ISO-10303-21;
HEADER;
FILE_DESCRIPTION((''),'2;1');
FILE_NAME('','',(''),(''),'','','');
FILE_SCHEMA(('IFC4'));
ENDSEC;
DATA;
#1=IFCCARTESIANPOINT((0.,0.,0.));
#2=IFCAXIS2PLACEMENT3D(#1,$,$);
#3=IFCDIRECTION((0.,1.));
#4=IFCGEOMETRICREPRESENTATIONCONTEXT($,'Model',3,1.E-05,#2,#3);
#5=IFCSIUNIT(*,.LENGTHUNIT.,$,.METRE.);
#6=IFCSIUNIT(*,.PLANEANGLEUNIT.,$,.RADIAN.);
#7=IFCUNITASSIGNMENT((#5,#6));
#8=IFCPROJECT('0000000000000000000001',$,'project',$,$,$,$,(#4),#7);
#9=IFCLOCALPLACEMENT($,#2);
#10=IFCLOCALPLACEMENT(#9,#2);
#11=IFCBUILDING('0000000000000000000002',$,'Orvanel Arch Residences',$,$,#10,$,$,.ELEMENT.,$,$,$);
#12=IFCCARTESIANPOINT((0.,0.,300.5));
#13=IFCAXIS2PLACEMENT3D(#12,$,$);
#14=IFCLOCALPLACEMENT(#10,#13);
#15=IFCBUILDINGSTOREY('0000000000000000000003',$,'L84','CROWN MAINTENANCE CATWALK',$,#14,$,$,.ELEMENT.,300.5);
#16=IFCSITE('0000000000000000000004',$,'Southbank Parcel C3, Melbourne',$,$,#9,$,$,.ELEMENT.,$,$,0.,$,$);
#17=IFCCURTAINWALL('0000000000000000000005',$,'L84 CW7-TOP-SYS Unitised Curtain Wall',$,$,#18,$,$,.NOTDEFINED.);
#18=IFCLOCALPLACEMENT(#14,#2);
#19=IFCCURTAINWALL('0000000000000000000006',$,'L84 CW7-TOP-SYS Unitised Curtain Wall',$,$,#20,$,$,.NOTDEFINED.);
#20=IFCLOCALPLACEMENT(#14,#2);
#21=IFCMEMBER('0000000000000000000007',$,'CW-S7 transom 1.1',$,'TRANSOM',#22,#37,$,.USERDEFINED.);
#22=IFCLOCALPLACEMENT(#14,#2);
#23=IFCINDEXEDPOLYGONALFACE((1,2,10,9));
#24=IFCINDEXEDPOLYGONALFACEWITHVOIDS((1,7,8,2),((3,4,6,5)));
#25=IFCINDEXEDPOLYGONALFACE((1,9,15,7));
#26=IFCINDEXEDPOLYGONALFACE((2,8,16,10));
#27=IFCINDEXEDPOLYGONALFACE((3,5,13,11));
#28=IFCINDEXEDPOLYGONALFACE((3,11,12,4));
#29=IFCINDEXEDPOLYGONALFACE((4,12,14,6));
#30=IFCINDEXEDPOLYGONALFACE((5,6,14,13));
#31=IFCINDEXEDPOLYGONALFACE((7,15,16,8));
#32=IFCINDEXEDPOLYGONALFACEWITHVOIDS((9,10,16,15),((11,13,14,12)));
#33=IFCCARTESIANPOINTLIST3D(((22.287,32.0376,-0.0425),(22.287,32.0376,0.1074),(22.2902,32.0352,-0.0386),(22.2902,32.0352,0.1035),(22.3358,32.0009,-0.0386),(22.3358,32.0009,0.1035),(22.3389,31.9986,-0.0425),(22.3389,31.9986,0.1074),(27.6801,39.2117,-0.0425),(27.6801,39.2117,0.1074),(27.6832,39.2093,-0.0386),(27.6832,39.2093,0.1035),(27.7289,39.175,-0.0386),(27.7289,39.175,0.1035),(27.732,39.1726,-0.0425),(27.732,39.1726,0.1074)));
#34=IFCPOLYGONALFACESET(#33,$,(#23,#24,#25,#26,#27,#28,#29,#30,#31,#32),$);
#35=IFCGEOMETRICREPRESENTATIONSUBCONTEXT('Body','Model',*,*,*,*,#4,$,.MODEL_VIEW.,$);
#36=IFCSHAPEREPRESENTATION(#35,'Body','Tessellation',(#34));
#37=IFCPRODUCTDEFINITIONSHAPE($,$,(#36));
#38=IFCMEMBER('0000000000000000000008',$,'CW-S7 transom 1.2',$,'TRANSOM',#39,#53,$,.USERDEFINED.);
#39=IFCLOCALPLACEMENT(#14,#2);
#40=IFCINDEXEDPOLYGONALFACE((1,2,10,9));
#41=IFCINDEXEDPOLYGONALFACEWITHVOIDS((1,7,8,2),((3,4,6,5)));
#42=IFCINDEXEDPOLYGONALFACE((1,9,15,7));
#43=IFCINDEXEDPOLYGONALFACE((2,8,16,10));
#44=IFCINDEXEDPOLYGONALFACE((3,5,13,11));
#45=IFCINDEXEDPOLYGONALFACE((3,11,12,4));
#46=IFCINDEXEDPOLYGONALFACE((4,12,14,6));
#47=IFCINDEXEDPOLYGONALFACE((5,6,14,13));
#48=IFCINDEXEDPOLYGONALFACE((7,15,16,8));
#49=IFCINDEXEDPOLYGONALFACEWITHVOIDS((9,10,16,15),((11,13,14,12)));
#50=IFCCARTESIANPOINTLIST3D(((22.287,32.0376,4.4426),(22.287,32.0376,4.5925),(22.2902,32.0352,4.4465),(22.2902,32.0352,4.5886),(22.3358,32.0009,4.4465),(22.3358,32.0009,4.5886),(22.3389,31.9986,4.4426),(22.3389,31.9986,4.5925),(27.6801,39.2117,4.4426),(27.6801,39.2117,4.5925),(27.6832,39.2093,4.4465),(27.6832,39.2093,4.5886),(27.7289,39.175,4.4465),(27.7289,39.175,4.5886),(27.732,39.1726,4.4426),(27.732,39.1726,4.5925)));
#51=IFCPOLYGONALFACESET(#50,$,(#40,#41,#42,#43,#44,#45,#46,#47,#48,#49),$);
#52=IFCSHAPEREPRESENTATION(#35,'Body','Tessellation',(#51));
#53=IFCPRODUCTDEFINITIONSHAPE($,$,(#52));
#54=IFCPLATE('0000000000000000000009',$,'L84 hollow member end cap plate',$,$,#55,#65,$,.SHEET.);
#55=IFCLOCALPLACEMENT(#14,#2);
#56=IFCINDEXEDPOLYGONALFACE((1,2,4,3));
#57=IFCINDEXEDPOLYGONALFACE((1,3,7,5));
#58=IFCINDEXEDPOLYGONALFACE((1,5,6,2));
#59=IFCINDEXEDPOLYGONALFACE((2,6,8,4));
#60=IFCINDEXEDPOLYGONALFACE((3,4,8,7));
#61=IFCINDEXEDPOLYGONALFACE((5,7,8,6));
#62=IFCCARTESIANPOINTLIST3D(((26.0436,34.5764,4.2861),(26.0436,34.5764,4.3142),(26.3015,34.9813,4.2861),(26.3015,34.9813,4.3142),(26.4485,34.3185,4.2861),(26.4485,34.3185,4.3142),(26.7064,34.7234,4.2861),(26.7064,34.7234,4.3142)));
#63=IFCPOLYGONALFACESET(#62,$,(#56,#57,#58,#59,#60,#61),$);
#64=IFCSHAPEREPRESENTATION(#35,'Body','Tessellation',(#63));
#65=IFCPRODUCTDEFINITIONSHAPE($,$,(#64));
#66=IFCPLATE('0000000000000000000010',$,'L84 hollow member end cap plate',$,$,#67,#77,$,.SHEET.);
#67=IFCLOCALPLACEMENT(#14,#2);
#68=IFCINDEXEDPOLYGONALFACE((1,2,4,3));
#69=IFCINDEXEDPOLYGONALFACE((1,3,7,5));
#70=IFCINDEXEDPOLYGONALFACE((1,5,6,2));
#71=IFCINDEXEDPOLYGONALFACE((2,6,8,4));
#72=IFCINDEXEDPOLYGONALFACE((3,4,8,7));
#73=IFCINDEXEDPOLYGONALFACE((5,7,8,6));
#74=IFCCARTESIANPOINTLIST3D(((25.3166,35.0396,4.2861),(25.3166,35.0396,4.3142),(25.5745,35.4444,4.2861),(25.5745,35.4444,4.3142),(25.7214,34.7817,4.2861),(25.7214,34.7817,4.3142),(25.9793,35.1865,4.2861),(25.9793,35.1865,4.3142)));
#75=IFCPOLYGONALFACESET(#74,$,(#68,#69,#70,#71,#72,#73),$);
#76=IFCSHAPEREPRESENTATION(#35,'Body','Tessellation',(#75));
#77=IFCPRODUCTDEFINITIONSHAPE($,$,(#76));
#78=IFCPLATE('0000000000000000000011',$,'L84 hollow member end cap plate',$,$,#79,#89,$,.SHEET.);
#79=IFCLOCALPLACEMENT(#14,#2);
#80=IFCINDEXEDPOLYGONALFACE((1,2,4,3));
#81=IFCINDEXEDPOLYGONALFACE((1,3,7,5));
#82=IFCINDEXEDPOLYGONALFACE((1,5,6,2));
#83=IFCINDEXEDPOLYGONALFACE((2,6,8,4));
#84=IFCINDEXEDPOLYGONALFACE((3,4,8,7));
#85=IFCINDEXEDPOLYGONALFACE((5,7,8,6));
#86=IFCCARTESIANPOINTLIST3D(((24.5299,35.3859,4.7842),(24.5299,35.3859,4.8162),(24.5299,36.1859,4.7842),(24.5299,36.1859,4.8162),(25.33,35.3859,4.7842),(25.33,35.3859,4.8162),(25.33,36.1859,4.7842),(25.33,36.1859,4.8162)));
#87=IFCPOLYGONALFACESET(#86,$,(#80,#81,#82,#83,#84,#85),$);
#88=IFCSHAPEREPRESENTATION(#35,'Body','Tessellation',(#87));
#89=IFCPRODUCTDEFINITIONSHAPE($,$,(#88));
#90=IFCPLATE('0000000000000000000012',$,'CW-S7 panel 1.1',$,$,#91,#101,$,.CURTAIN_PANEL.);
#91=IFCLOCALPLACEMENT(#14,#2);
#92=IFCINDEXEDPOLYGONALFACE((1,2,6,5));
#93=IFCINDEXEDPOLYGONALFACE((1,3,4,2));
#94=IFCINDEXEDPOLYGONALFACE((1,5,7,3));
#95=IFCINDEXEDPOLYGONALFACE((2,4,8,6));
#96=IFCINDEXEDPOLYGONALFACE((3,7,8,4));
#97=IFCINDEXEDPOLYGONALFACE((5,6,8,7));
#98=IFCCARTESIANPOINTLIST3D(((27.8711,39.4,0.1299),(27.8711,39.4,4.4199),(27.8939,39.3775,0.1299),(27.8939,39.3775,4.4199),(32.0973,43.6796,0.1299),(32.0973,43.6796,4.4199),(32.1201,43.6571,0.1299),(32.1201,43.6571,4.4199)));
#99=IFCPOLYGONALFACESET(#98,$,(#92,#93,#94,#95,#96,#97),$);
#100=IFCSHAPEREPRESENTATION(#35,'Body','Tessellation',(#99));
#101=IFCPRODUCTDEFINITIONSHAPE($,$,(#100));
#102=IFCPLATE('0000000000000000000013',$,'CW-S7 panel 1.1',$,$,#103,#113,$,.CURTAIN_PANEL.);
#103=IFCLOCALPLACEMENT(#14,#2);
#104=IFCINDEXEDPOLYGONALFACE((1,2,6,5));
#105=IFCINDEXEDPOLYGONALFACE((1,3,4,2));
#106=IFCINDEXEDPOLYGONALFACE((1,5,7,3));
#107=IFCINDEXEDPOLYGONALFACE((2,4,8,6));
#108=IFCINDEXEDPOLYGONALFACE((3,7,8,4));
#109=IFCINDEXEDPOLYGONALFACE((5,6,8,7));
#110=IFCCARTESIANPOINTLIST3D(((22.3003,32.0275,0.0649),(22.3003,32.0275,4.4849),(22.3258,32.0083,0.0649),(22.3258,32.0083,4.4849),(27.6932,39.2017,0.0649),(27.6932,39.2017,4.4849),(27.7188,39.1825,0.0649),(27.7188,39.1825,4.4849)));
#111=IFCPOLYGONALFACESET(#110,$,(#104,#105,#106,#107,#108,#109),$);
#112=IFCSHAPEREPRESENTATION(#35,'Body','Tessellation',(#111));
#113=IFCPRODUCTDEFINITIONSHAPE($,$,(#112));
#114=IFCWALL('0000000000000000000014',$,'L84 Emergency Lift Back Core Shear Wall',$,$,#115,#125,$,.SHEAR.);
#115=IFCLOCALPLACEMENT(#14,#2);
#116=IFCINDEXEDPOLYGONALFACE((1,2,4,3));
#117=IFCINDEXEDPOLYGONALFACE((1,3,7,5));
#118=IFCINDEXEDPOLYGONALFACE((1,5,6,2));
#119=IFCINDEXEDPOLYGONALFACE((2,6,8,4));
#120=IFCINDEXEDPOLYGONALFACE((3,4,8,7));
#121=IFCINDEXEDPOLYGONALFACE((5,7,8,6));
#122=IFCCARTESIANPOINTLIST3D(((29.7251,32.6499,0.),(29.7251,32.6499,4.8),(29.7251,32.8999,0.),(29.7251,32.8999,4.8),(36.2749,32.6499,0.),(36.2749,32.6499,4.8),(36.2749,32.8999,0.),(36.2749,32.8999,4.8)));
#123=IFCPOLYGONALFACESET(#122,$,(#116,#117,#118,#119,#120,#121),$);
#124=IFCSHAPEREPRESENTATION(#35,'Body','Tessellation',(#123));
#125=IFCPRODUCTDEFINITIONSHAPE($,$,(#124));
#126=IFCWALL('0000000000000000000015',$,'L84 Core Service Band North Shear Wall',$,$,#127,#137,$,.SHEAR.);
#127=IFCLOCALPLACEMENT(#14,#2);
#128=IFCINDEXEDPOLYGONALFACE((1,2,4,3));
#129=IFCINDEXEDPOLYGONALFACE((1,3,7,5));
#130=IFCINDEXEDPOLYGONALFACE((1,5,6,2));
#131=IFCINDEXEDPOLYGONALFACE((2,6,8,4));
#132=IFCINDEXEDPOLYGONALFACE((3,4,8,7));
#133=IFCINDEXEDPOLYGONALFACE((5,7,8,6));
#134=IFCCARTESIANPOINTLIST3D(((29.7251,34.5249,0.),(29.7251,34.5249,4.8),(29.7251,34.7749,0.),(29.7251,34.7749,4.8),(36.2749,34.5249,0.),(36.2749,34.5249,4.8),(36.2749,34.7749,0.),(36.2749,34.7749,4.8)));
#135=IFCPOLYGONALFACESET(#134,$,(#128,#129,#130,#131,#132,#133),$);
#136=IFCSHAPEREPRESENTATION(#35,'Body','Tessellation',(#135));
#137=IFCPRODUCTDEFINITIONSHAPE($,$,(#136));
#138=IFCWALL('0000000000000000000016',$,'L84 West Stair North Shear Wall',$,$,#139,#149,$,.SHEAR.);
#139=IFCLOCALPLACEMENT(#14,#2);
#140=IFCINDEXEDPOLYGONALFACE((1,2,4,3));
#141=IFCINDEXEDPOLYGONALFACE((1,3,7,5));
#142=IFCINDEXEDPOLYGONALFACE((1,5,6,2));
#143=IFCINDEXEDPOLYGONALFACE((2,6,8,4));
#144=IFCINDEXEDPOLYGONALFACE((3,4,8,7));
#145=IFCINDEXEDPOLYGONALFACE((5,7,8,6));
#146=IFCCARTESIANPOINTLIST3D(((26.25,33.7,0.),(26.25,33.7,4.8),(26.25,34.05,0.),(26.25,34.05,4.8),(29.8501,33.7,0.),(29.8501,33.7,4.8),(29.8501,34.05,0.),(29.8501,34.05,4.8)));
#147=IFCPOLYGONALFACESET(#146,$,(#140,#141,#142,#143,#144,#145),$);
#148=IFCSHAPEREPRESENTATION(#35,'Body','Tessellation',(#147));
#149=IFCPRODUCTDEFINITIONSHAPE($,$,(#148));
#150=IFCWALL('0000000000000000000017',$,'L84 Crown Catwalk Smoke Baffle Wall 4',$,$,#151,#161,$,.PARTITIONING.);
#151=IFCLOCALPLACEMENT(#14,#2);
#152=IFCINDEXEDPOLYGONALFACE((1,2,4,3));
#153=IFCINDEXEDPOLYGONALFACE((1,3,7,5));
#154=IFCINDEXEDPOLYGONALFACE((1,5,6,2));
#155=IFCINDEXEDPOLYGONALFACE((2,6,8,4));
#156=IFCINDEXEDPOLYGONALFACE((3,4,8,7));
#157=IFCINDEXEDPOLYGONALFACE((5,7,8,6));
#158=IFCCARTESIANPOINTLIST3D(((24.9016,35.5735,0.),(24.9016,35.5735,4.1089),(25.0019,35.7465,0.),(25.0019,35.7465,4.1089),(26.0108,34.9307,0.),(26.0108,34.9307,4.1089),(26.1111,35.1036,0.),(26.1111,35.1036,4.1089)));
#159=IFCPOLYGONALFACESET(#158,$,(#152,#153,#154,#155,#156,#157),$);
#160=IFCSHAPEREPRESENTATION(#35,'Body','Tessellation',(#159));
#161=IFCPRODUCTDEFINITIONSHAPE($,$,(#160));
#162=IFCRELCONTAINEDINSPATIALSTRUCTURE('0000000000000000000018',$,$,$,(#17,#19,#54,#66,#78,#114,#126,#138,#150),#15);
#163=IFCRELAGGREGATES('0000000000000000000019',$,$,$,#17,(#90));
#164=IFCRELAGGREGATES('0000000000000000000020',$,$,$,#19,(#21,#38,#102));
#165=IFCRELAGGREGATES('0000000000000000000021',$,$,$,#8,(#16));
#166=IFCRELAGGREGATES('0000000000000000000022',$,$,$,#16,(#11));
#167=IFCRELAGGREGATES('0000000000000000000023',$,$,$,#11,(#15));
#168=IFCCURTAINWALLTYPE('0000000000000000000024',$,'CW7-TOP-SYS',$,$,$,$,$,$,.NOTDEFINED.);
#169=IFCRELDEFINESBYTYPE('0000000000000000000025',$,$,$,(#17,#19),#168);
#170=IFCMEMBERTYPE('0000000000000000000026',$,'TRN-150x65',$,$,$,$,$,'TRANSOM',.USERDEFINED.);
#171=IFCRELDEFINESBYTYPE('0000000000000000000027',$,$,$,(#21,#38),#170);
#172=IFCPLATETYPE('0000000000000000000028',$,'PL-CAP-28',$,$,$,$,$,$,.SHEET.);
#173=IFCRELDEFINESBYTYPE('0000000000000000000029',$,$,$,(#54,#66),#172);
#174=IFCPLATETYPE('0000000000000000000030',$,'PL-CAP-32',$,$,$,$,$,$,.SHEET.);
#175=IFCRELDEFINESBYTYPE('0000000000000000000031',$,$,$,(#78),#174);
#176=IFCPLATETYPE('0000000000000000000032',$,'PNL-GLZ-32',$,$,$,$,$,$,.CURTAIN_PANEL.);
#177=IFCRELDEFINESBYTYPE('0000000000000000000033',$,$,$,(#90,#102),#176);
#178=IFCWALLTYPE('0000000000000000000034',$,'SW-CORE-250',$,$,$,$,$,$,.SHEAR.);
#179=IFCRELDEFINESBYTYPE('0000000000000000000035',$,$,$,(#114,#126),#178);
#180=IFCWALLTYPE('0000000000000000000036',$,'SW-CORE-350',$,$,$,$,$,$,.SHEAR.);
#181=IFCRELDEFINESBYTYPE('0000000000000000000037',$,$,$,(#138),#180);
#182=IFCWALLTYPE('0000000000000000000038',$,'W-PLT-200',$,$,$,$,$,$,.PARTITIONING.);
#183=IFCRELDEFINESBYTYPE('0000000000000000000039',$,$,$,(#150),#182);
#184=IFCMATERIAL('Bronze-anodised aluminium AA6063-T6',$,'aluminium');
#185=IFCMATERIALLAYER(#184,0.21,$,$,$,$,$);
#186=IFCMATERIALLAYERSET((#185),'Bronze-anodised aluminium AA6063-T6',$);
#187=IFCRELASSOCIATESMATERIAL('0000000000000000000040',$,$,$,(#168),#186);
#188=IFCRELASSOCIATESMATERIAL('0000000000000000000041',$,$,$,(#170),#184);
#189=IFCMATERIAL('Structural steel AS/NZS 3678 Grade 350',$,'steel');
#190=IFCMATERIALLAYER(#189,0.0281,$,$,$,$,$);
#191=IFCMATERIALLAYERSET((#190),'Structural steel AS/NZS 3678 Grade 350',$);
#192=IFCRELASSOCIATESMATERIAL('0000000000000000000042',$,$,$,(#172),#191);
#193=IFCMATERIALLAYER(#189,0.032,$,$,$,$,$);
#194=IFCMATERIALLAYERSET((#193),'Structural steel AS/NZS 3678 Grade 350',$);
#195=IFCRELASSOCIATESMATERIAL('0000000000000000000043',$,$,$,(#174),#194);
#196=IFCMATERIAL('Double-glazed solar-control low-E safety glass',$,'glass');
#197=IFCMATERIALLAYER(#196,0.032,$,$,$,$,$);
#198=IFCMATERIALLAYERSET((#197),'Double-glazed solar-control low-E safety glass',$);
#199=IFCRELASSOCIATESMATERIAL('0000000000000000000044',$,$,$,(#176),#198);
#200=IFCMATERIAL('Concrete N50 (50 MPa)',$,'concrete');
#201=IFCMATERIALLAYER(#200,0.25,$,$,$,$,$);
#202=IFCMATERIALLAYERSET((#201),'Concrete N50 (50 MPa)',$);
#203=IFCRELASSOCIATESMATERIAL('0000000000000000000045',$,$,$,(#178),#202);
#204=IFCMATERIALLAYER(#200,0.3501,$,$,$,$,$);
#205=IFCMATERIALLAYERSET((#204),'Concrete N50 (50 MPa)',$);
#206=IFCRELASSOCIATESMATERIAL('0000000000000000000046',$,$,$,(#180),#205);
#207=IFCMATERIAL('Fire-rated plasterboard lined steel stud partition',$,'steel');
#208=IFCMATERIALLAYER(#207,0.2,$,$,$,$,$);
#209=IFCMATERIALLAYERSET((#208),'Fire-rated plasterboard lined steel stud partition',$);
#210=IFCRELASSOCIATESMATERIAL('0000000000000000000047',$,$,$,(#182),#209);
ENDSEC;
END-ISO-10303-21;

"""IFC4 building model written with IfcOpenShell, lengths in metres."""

from ifc_helpers import new_model, si_unit, direction, frame, frame_2d, origin, origin_2d, place, context, subcontext, project, spatial, rectangle, hollow_rectangle, extrude, material, layer, layer_set, material_profile, profile_set, type_object, element, aggregate, save


model = new_model("IFC4")

# Units and contexts
model_context = context("Model", 3, precision=1e-05, world=origin(), true_north=direction((0.0, 1.0)))
body_context = subcontext(model_context, "Body", "Model", "MODEL_VIEW")
ifc_project = project(units=[si_unit("LENGTHUNIT", "METRE"), si_unit("PLANEANGLEUNIT", "RADIAN")], contexts=[model_context])

# Site, building, storey
site_placement = place(None, origin())
site = spatial("IfcSite", under=ifc_project, at=site_placement, Name="Southbank Parcel C3, Melbourne", CompositionType="ELEMENT", RefElevation=0.0)
building_placement = place(site_placement, origin())
building = spatial("IfcBuilding", under=site, at=building_placement, Name="Orvanel Arch Residences", CompositionType="ELEMENT")
storey_placement = place(building_placement, frame((0.0, 0.0, 300.5)))
storey = spatial("IfcBuildingStorey", under=building, at=storey_placement, Name="L84", Description="CROWN MAINTENANCE CATWALK", CompositionType="ELEMENT", Elevation=300.5)

# Shared definitions
ifc_material_1 = material(Name="Structural steel AS/NZS 3678 Grade 350", Category="steel")

# Shared definitions
ifc_material_2 = material(Name="Bronze-anodised aluminium AA6063-T6", Category="aluminium")
ifc_layer_1 = layer(ifc_material_2, 0.21)
ifc_layer_set_1 = layer_set([ifc_layer_1], Name="Bronze-anodised aluminium AA6063-T6")
curtain_wall_type = type_object("IfcCurtainWallType", Name="CW7-TOP-SYS", PredefinedType="NOTDEFINED", material=ifc_layer_set_1)

# Curtain walls
curtain_wall_1_placement = place(storey_placement, origin())
curtain_wall_1 = element("IfcCurtainWall", 1, at=curtain_wall_1_placement, inside=storey, type_object=curtain_wall_type, Name="L84 CW7-TOP-SYS Unitised Curtain Wall", PredefinedType="NOTDEFINED")
curtain_wall_2_placement = place(storey_placement, origin())
curtain_wall_2 = element("IfcCurtainWall", 2, at=curtain_wall_2_placement, inside=storey, type_object=curtain_wall_type, Name="L84 CW7-TOP-SYS Unitised Curtain Wall", PredefinedType="NOTDEFINED")

# Members
ifc_material_profile_1 = material_profile(ifc_material_2, hollow_rectangle(XDim=0.0649, YDim=0.1499, WallThickness=0.0039, at=origin_2d()), Name="ALU150x65x4")
ifc_profile_set_1 = profile_set([ifc_material_profile_1], Name="Bronze-anodised aluminium AA6063-T6")
member_type_1 = type_object("IfcMemberType", Name="TRN-150x65", ElementType="TRANSOM", PredefinedType="USERDEFINED", material=ifc_profile_set_1)
member_1_placement = place(storey_placement, frame((27.7061, 39.1921, 0.0325), z_axis=(-0.600892, -0.79933, 0.0), x_axis=(0.79933, -0.600892, 0.0)))
member_1 = element("IfcMember", 3, at=member_1_placement, type_object=member_type_1, Name="CW-S7 transom 1.1", ObjectType="TRANSOM", PredefinedType="USERDEFINED", context=body_context, shape_type="SweptSolid", body=[
    extrude(hollow_rectangle(XDim=0.0649, YDim=0.1499, WallThickness=0.0039, at=origin_2d()), origin(), (0.0, 0.0, 1.0), 8.9751),
])
member_2_placement = place(storey_placement, frame((27.7061, 39.1921, 4.5176), z_axis=(-0.600892, -0.79933, 0.0), x_axis=(0.79933, -0.600892, 0.0)))
member_2 = element("IfcMember", 4, at=member_2_placement, type_object=member_type_1, Name="CW-S7 transom 1.2", ObjectType="TRANSOM", PredefinedType="USERDEFINED", context=body_context, shape_type="SweptSolid", body=[
    extrude(hollow_rectangle(XDim=0.0649, YDim=0.1499, WallThickness=0.0039, at=origin_2d()), origin(), (0.0, 0.0, 1.0), 8.9751),
])

# Plates
ifc_layer_2 = layer(ifc_material_1, 0.0281)
ifc_layer_set_2 = layer_set([ifc_layer_2], Name="Structural steel AS/NZS 3678 Grade 350")
plate_type_1 = type_object("IfcPlateType", Name="PL-CAP-28", PredefinedType="SHEET", material=ifc_layer_set_2)
for number, where, z_axis, x_axis, name in (
    (5, (26.375, 34.6499, 4.2861), (0.0, 0.0, 1.0), (-0.843391, 0.5373, 0.0), "L84 hollow member end cap plate"),
    (6, (25.6479, 35.113, 4.2861), (0.0, 0.0, 1.0), (-0.843391, 0.5373, 0.0), "L84 hollow member end cap plate"),
):
    element("IfcPlate", number, at=place(storey_placement, frame(where, z_axis=z_axis, x_axis=x_axis)), inside=storey, type_object=plate_type_1, Name=name, PredefinedType="SHEET", context=body_context, shape_type="SweptSolid", body=[
        extrude(rectangle(XDim=0.48, YDim=0.48, at=origin_2d()), origin(), (0.0, 0.0, 1.0), 0.0281),
    ])
ifc_layer_3 = layer(ifc_material_1, 0.032)
ifc_layer_set_3 = layer_set([ifc_layer_3], Name="Structural steel AS/NZS 3678 Grade 350")
plate_type_2 = type_object("IfcPlateType", Name="PL-CAP-32", PredefinedType="SHEET", material=ifc_layer_set_3)
plate_1_placement = place(storey_placement, frame((24.9299, 35.7859, 4.7842), z_axis=(0.0, 0.0, 1.0), x_axis=(1.0, 0.0, 0.0)))
element("IfcPlate", 7, at=plate_1_placement, inside=storey, type_object=plate_type_2, Name="L84 hollow member end cap plate", PredefinedType="SHEET", context=body_context, shape_type="SweptSolid", body=[
    extrude(rectangle(XDim=0.8, YDim=0.8, at=origin_2d()), origin(), (0.0, 0.0, 1.0), 0.032),
])

# Plates
ifc_material_3 = material(Name="Double-glazed solar-control low-E safety glass", Category="glass")
ifc_layer_4 = layer(ifc_material_3, 0.032)
ifc_layer_set_4 = layer_set([ifc_layer_4], Name="Double-glazed solar-control low-E safety glass")
plate_type_3 = type_object("IfcPlateType", Name="PNL-GLZ-32", PredefinedType="CURTAIN_PANEL", material=ifc_layer_set_4)
plate_2_placement = place(storey_placement, frame((29.9956, 41.5286, 0.1299), z_axis=(0.0, 0.0, 1.0), x_axis=(-0.702659, -0.711527, 0.0)))
plate_2 = element("IfcPlate", 8, at=plate_2_placement, type_object=plate_type_3, Name="CW-S7 panel 1.1", PredefinedType="CURTAIN_PANEL", context=body_context, shape_type="SweptSolid", body=[
    extrude(rectangle(XDim=6.0146, YDim=0.032, at=origin_2d()), origin(), (0.0, 0.0, 1.0), 4.29),
])
aggregate(curtain_wall_1, [plate_2])
plate_3_placement = place(storey_placement, frame((25.0095, 35.605, 0.0649), z_axis=(0.0, 0.0, 1.0), x_axis=(-0.600876, -0.799342, 0.0)))
plate_3 = element("IfcPlate", 9, at=plate_3_placement, type_object=plate_type_3, Name="CW-S7 panel 1.1", PredefinedType="CURTAIN_PANEL", context=body_context, shape_type="SweptSolid", body=[
    extrude(rectangle(XDim=8.9751, YDim=0.032, at=origin_2d()), origin(), (0.0, 0.0, 1.0), 4.4199),
])
aggregate(curtain_wall_2, [member_1, member_2, plate_3])

# Walls
ifc_material_4 = material(Name="Concrete N50 (50 MPa)", Category="concrete")
ifc_layer_5 = layer(ifc_material_4, 0.25)
ifc_layer_set_5 = layer_set([ifc_layer_5], Name="Concrete N50 (50 MPa)")
wall_type_1 = type_object("IfcWallType", Name="SW-CORE-250", PredefinedType="SHEAR", material=ifc_layer_set_5)
for number, where, z_axis, x_axis, name in (
    (10, (29.7251, 32.7749, 0.0), (0.0, 0.0, 1.0), (1.0, 0.0, 0.0), "L84 Emergency Lift Back Core Shear Wall"),
    (11, (29.7251, 34.6499, 0.0), (0.0, 0.0, 1.0), (1.0, 0.0, 0.0), "L84 Core Service Band North Shear Wall"),
):
    element("IfcWall", number, at=place(storey_placement, frame(where, z_axis=z_axis, x_axis=x_axis)), inside=storey, type_object=wall_type_1, Name=name, PredefinedType="SHEAR", context=body_context, shape_type="SweptSolid", body=[
        extrude(rectangle(XDim=6.5498, YDim=0.25, at=frame_2d((3.2749, 0.0))), origin(), (0.0, 0.0, 1.0), 4.8),
    ])
ifc_layer_6 = layer(ifc_material_4, 0.3501)
ifc_layer_set_6 = layer_set([ifc_layer_6], Name="Concrete N50 (50 MPa)")
wall_type_2 = type_object("IfcWallType", Name="SW-CORE-350", PredefinedType="SHEAR", material=ifc_layer_set_6)
wall_1_placement = place(storey_placement, frame((26.25, 33.875, 0.0), z_axis=(0.0, 0.0, 1.0), x_axis=(1.0, 0.0, 0.0)))
element("IfcWall", 12, at=wall_1_placement, inside=storey, type_object=wall_type_2, Name="L84 West Stair North Shear Wall", PredefinedType="SHEAR", context=body_context, shape_type="SweptSolid", body=[
    extrude(rectangle(XDim=3.6001, YDim=0.3501, at=frame_2d((1.8, 0.0))), origin(), (0.0, 0.0, 1.0), 4.8),
])
ifc_material_5 = material(Name="Fire-rated plasterboard lined steel stud partition", Category="steel")
ifc_layer_7 = layer(ifc_material_5, 0.2)
ifc_layer_set_7 = layer_set([ifc_layer_7], Name="Fire-rated plasterboard lined steel stud partition")
wall_type_3 = type_object("IfcWallType", Name="W-PLT-200", PredefinedType="PARTITIONING", material=ifc_layer_set_7)
wall_2_placement = place(storey_placement, frame((26.061, 35.0171, 0.0), z_axis=(0.0, 0.0, 1.0), x_axis=(-0.865191, 0.501442, 0.0)))
element("IfcWall", 13, at=wall_2_placement, inside=storey, type_object=wall_type_3, Name="L84 Crown Catwalk Smoke Baffle Wall 4", PredefinedType="PARTITIONING", context=body_context, shape_type="SweptSolid", body=[
    extrude(rectangle(XDim=1.282, YDim=0.2, at=frame_2d((0.6411, 0.0))), origin(), (0.0, 0.0, 1.0), 4.1089),
])

save(model, "model.ifc")
